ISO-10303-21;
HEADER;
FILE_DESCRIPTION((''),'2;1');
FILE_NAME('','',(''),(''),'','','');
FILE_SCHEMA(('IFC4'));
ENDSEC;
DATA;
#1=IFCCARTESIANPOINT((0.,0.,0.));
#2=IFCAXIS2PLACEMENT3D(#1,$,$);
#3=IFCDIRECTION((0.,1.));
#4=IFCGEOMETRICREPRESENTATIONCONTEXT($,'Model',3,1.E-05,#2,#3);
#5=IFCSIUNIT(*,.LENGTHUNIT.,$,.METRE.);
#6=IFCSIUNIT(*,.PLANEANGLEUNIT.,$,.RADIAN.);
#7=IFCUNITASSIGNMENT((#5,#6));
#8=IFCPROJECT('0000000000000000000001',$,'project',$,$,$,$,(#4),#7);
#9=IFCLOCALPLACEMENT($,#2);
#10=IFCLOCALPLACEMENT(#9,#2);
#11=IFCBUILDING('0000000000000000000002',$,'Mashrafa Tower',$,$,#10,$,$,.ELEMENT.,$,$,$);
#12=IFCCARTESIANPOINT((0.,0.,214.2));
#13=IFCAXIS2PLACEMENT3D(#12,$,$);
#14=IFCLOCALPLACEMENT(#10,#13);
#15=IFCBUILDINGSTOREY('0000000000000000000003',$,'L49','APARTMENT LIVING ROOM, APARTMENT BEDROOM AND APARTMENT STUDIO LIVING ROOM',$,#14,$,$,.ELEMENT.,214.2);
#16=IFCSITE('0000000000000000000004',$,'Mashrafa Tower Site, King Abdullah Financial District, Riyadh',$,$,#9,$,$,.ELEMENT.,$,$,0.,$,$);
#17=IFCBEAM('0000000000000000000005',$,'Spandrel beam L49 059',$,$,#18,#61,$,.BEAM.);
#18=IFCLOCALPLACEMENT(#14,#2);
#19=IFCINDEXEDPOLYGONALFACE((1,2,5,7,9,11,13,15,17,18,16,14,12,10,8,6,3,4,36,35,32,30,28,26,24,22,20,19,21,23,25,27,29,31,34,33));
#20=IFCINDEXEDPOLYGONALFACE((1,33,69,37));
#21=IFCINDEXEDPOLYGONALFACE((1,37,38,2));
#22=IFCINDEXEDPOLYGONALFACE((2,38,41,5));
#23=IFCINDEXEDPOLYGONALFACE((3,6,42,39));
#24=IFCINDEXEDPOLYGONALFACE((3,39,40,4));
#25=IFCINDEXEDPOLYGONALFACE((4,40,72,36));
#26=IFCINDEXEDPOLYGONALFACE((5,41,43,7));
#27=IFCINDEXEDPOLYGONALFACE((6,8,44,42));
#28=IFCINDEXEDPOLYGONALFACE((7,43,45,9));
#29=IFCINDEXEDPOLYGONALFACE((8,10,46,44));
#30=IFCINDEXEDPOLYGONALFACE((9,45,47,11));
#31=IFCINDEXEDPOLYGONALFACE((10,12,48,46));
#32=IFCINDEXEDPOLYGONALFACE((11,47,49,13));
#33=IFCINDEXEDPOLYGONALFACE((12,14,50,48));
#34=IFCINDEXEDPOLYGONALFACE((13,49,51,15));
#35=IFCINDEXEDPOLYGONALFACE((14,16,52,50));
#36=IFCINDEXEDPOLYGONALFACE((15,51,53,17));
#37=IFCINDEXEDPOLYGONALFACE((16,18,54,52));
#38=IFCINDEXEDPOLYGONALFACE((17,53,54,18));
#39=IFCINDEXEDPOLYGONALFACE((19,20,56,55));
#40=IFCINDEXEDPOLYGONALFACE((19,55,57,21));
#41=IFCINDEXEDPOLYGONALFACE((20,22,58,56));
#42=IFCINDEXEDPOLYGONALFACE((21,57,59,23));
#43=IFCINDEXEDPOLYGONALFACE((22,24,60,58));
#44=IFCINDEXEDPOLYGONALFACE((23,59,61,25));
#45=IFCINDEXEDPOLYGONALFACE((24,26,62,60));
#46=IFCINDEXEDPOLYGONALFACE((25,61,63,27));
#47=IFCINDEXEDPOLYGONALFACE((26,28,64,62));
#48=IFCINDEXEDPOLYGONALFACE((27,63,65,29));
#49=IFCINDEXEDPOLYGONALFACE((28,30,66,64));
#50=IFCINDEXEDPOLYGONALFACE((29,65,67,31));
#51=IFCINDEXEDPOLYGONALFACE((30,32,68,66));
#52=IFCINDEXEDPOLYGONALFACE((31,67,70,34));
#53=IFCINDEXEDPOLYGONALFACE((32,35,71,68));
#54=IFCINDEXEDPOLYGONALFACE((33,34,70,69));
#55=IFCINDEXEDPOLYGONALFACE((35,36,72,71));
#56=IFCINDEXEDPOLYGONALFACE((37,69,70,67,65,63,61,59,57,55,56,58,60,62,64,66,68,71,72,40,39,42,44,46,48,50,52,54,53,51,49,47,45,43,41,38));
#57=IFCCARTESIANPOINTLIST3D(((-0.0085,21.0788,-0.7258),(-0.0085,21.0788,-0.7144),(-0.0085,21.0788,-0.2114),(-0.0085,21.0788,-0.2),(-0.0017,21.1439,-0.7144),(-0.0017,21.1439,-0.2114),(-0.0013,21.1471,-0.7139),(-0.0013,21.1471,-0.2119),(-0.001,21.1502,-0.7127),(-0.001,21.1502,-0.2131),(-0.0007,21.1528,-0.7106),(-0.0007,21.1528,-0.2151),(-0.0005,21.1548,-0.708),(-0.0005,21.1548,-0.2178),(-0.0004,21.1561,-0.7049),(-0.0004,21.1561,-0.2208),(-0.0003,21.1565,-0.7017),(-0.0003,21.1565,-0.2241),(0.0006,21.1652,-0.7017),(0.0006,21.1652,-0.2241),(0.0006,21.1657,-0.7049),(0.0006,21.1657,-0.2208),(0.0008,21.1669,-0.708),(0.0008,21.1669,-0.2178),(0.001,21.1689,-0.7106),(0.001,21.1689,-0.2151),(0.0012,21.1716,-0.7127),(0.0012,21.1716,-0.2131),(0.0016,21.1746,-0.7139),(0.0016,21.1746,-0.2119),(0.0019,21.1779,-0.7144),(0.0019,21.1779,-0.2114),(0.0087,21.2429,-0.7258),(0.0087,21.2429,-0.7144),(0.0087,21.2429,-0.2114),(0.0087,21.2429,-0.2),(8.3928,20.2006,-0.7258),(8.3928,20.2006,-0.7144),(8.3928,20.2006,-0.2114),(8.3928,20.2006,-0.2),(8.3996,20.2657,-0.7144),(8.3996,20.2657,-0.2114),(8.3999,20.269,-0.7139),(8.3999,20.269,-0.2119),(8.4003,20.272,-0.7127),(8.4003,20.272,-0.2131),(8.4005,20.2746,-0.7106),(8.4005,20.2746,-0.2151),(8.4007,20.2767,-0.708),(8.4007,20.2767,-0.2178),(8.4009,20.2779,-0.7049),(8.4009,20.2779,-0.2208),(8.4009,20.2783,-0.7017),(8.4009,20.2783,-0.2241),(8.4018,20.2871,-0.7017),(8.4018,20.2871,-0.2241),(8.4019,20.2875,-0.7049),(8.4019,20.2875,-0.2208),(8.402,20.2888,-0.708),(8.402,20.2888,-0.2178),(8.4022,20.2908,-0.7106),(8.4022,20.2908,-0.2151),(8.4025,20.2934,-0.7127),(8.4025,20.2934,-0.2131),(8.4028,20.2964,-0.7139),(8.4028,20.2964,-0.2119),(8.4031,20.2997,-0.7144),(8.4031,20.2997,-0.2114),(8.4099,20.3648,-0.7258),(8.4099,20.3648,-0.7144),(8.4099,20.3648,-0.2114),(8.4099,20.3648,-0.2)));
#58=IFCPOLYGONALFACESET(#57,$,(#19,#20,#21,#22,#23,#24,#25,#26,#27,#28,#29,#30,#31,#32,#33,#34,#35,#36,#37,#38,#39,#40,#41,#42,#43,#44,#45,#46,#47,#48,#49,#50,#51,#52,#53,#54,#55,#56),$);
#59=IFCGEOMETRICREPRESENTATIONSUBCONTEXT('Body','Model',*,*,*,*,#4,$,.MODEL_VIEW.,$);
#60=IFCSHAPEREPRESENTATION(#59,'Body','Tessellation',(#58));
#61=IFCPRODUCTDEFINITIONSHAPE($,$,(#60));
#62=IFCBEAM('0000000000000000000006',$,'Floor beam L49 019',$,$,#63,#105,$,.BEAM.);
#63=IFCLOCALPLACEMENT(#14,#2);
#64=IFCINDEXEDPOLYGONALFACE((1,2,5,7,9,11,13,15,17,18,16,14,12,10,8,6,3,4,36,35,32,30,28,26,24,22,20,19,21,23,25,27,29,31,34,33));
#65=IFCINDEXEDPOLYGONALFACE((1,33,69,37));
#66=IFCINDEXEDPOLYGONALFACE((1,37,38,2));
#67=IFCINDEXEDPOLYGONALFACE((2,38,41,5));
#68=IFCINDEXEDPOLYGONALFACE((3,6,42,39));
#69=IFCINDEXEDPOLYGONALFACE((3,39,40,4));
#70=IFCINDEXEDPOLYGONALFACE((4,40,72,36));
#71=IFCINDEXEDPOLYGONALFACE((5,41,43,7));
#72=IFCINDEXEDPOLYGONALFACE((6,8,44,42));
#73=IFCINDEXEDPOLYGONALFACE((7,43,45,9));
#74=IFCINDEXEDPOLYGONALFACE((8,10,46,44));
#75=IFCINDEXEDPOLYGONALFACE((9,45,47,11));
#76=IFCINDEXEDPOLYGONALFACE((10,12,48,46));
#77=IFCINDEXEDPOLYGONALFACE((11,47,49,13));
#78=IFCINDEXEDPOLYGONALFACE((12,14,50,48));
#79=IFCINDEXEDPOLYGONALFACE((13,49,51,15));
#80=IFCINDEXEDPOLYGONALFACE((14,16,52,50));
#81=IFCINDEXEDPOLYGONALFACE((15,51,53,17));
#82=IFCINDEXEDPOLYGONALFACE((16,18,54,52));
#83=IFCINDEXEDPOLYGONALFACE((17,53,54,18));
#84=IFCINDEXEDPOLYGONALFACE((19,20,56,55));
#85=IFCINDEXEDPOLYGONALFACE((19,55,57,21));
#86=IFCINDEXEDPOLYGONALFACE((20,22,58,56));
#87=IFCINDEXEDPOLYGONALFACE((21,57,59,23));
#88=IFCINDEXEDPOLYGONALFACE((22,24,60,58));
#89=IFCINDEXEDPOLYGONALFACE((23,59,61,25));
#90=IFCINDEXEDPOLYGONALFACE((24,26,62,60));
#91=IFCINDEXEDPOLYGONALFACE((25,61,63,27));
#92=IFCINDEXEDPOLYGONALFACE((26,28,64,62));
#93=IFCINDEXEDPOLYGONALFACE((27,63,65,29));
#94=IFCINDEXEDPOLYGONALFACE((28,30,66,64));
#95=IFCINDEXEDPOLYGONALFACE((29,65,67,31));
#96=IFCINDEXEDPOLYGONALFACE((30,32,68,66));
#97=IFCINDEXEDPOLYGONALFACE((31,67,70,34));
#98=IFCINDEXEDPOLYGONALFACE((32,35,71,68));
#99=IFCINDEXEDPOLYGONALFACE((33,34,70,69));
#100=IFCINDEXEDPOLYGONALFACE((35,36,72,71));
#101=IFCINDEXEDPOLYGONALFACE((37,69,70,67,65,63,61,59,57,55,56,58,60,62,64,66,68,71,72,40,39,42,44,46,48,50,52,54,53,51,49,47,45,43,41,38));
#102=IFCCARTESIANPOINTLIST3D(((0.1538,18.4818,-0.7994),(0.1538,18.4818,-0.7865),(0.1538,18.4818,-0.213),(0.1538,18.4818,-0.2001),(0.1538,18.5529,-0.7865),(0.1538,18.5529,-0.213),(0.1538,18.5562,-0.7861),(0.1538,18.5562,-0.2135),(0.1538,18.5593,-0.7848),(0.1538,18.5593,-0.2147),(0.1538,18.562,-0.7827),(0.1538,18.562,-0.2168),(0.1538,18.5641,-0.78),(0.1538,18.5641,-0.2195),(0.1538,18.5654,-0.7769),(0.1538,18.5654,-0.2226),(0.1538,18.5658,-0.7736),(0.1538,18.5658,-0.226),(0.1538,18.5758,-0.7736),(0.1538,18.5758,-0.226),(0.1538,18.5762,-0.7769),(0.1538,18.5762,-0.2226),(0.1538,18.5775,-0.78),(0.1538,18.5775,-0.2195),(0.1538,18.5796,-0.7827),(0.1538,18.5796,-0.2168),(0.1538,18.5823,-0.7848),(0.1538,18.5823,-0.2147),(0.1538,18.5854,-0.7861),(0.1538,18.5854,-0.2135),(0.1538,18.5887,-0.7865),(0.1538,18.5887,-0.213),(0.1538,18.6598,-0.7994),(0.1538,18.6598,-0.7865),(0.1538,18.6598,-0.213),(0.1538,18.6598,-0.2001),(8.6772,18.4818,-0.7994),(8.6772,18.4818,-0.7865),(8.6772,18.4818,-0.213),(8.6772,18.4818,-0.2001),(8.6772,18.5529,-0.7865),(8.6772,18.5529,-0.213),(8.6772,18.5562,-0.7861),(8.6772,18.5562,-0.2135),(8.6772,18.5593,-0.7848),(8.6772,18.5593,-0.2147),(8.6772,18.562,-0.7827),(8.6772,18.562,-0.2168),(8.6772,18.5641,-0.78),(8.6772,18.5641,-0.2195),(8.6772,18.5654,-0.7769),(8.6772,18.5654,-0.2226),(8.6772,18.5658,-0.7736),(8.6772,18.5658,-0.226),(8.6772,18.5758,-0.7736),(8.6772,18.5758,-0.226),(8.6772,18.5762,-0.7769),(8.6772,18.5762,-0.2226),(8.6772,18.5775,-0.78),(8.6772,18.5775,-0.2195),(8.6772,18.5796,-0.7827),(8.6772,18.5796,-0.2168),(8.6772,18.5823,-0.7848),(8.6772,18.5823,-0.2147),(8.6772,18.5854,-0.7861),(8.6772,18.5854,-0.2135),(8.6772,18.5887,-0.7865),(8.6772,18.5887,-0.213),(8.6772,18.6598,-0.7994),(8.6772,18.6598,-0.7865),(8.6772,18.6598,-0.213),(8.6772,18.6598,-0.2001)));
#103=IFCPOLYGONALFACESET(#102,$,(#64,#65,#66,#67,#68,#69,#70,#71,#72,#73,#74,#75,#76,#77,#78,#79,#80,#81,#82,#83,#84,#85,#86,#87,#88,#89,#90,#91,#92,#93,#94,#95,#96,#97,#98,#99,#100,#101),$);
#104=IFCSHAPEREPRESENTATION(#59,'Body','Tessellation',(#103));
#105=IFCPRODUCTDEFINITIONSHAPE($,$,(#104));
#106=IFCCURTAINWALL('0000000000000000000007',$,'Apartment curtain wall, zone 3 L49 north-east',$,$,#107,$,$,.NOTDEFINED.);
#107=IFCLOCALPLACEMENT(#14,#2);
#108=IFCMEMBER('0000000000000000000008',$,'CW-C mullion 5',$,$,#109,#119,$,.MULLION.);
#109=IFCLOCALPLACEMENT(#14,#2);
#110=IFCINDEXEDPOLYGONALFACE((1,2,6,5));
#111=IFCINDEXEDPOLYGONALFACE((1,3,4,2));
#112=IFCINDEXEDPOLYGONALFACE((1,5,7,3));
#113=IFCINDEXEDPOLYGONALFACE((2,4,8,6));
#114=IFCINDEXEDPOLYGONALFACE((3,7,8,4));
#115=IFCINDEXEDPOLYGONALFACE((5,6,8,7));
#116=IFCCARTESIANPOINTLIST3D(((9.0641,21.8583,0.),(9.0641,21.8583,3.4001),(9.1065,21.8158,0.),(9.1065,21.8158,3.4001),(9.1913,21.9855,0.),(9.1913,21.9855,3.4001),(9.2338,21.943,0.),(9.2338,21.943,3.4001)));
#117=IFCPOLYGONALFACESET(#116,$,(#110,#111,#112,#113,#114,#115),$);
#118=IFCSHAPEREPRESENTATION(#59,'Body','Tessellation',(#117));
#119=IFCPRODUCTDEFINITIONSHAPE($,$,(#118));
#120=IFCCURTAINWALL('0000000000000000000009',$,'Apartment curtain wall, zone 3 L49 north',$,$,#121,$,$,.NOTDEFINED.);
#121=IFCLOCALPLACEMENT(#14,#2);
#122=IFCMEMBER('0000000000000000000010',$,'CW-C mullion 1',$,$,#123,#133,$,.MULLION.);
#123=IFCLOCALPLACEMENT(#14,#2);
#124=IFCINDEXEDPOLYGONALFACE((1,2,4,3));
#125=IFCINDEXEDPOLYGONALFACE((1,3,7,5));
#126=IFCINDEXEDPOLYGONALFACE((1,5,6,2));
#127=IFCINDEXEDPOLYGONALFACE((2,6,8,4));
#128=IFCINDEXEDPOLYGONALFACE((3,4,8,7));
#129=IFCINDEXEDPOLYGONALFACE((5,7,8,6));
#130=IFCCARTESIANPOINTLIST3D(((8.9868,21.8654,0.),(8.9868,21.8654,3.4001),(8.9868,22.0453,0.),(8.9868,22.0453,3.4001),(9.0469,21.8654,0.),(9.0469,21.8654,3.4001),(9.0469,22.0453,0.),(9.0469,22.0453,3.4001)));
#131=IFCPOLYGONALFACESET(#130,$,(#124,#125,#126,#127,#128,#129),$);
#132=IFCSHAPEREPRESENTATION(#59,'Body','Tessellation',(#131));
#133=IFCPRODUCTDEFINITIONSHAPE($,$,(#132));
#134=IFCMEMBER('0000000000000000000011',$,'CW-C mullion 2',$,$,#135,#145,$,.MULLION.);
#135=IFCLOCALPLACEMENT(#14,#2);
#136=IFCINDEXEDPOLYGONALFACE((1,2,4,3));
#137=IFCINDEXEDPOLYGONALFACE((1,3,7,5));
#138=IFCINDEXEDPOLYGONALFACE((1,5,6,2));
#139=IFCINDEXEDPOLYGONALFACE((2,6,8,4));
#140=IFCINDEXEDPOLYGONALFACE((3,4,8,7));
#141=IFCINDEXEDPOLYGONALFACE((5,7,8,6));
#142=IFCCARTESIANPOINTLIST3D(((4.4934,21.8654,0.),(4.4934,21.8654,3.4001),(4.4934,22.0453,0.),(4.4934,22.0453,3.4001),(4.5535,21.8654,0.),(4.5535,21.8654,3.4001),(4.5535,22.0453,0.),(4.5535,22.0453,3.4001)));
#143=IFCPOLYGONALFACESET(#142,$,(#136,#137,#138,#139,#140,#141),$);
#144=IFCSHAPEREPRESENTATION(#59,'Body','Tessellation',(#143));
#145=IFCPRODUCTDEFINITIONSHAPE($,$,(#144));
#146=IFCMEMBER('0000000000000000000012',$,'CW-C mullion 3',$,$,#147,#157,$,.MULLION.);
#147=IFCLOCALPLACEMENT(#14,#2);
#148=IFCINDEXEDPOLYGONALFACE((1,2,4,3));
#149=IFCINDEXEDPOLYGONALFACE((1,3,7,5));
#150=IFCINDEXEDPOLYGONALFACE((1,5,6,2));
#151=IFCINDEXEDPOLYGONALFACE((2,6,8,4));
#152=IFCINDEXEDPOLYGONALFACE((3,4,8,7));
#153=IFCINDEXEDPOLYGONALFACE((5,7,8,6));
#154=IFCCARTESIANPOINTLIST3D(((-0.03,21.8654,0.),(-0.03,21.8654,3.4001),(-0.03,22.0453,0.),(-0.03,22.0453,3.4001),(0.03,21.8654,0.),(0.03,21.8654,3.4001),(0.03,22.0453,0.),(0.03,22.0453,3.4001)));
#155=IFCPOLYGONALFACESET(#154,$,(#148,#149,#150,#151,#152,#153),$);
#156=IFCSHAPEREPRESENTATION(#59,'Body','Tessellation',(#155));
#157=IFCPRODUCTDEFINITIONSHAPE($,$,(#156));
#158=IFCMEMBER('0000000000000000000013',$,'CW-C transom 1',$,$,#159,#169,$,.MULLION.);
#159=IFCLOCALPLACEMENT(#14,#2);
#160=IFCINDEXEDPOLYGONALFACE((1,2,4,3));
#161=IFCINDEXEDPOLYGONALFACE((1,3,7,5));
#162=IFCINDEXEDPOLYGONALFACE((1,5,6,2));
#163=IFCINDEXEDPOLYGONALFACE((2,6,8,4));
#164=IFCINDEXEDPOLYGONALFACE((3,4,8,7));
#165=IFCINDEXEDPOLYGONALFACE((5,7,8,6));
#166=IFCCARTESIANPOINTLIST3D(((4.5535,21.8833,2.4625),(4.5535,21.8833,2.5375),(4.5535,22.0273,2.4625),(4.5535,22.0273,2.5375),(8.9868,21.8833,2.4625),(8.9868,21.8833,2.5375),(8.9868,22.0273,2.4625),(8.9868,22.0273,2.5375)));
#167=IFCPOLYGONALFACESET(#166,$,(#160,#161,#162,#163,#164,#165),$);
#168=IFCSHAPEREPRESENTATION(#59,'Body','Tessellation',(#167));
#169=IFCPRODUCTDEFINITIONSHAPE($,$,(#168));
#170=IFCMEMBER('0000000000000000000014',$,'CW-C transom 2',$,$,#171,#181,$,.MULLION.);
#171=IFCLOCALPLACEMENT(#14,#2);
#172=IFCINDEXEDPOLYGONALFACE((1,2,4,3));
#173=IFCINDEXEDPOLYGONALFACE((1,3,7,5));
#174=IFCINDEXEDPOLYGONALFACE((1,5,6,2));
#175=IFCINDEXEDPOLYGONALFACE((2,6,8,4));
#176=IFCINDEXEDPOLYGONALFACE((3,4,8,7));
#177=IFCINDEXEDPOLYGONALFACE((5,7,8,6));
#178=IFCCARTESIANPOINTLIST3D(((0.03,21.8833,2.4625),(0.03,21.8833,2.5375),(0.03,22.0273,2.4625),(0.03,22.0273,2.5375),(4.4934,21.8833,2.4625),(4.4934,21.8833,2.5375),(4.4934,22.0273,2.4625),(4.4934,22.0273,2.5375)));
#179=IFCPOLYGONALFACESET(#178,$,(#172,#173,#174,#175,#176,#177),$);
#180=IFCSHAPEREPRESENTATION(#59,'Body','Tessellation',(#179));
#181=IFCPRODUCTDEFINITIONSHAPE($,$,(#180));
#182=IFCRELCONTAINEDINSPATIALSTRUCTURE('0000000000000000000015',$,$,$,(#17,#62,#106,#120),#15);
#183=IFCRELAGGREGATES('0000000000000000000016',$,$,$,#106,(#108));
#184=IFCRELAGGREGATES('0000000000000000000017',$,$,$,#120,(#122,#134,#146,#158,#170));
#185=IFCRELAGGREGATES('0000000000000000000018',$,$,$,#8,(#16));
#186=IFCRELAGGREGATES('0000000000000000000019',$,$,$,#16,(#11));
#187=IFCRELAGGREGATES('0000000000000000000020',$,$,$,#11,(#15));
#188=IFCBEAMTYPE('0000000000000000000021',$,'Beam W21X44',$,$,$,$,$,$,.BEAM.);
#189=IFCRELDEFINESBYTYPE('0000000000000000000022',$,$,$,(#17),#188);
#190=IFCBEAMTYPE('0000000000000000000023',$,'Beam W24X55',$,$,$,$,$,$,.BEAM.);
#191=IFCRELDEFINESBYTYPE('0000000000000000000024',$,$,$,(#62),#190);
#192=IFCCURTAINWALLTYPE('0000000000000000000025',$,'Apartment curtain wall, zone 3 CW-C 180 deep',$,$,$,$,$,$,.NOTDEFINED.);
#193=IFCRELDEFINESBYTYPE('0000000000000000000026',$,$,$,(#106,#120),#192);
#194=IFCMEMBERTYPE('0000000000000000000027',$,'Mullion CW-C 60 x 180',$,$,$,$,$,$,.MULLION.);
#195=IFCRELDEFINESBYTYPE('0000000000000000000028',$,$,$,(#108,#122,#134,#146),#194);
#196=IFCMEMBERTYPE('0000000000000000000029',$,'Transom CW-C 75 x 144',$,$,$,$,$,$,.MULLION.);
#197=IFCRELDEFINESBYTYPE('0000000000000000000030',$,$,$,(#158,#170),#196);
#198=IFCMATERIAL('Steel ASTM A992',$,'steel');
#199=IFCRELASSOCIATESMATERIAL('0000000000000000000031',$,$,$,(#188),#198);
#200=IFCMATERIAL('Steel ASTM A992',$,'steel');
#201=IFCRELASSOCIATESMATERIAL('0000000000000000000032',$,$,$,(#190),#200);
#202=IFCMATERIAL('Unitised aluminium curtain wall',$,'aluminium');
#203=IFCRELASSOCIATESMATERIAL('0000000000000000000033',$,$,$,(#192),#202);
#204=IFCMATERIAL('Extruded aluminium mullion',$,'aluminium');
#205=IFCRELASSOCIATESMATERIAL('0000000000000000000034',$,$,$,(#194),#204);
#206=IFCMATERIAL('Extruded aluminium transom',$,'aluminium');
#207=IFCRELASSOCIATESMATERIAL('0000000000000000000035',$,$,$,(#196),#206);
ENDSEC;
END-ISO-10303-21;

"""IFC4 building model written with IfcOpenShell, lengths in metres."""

from ifc_helpers import new_model, si_unit, direction, frame, origin, origin_2d, place, context, subcontext, project, spatial, rectangle, i_section, extrude, source, transform, mapped, material, material_profile, profile_set, type_object, type_shapes, element, aggregate, save


model = new_model("IFC4")

# Units and contexts
model_context = context("Model", 3, precision=1e-05, world=origin(), true_north=direction((0.0, 1.0)))
body_context = subcontext(model_context, "Body", "Model", "MODEL_VIEW")
ifc_project = project(units=[si_unit("LENGTHUNIT", "METRE"), si_unit("PLANEANGLEUNIT", "RADIAN")], contexts=[model_context])

# Site, building, storey
site_placement = place(None, origin())
site = spatial("IfcSite", under=ifc_project, at=site_placement, Name="Mashrafa Tower Site, King Abdullah Financial District, Riyadh", CompositionType="ELEMENT", RefElevation=0.0)
building_placement = place(site_placement, origin())
building = spatial("IfcBuilding", under=site, at=building_placement, Name="Mashrafa Tower", CompositionType="ELEMENT")
storey_placement = place(building_placement, frame((0.0, 0.0, 214.2)))
storey = spatial("IfcBuildingStorey", under=building, at=storey_placement, Name="L49", Description="APARTMENT LIVING ROOM, APARTMENT BEDROOM AND APARTMENT STUDIO LIVING ROOM", CompositionType="ELEMENT", Elevation=214.2)

# Beams
ifc_material_1 = material(Name="Steel ASTM A992", Category="steel")
ifc_material_profile_1 = material_profile(ifc_material_1, i_section(OverallWidth=0.165, OverallDepth=0.5259, WebThickness=0.0088, FlangeThickness=0.0115, FilletRadius=0.0127, at=origin_2d()), Name="W21X44")
ifc_profile_set_1 = profile_set([ifc_material_profile_1], Name="Steel ASTM A992")
beam_type_1 = type_object("IfcBeamType", Name="Beam W21X44", PredefinedType="BEAM", material=ifc_profile_set_1)
for number, where, z_axis, x_axis, name in (
    (1, (8.4014, 20.2827, -0.4629), (-0.994581, 0.103961, 0.0), (-0.103961, -0.994581, 0.0), "Spandrel beam L49 059"),
):
    element("IfcBeam", number, at=place(storey_placement, frame(where, z_axis=z_axis, x_axis=x_axis)), inside=storey, type_object=beam_type_1, Name=name, PredefinedType="BEAM", context=body_context, shape_type="SweptSolid", body=[
        extrude(i_section(OverallWidth=0.165, OverallDepth=0.5259, WebThickness=0.0088, FlangeThickness=0.0115, FilletRadius=0.0127, at=origin_2d()), origin(), (0.0, 0.0, 1.0), 8.447),
    ])
ifc_material_2 = material(Name="Steel ASTM A992", Category="steel")
ifc_material_profile_2 = material_profile(ifc_material_2, i_section(OverallWidth=0.178, OverallDepth=0.5994, WebThickness=0.01, FlangeThickness=0.0129, FilletRadius=0.0129, at=origin_2d()), Name="W24X55")
ifc_profile_set_2 = profile_set([ifc_material_profile_2], Name="Steel ASTM A992")
beam_type_2 = type_object("IfcBeamType", Name="Beam W24X55", PredefinedType="BEAM", material=ifc_profile_set_2)
beam_1_placement = place(storey_placement, frame((0.1538, 18.5708, -0.4998), z_axis=(1.0, 0.0, 0.0), x_axis=(0.0, 1.0, 0.0)))
element("IfcBeam", 2, at=beam_1_placement, inside=storey, type_object=beam_type_2, Name="Floor beam L49 019", PredefinedType="BEAM", context=body_context, shape_type="SweptSolid", body=[
    extrude(i_section(OverallWidth=0.178, OverallDepth=0.5994, WebThickness=0.01, FlangeThickness=0.0129, FilletRadius=0.0129, at=origin_2d()), origin(), (0.0, 0.0, 1.0), 8.5234),
])

# Curtain wall, member
ifc_material_3 = material(Name="Unitised aluminium curtain wall", Category="aluminium")
curtain_wall_type = type_object("IfcCurtainWallType", Name="Apartment curtain wall, zone 3 CW-C 180 deep", PredefinedType="NOTDEFINED", material=ifc_material_3)
curtain_wall_1_placement = place(storey_placement, origin())
curtain_wall_1 = element("IfcCurtainWall", 3, at=curtain_wall_1_placement, inside=storey, type_object=curtain_wall_type, Name="Apartment curtain wall, zone 3 L49 north-east", PredefinedType="NOTDEFINED")
ifc_material_4 = material(Name="Extruded aluminium mullion", Category="aluminium")
ifc_material_profile_3 = material_profile(ifc_material_4, rectangle(XDim=0.1799, YDim=0.0601, at=origin_2d()), Name="Mullion 60x180")
ifc_profile_set_3 = profile_set([ifc_material_profile_3], Name="Extruded aluminium mullion")
member_type_1 = type_object("IfcMemberType", Name="Mullion CW-C 60 x 180", PredefinedType="MULLION", material=ifc_profile_set_3)
shared_shape_1 = source(origin(), body_context, "Body", "SweptSolid", [
    extrude(rectangle(XDim=0.1799, YDim=0.0601, at=origin_2d()), origin(), (0.0, 0.0, 1.0), 3.4001),
])
type_shapes(member_type_1, [shared_shape_1])
member_1_placement = place(storey_placement, frame((9.1489, 21.9006, 0.0), z_axis=(0.0, 0.0, 1.0), x_axis=(-0.707107, -0.707107, 0.0)))
member_1 = element("IfcMember", 4, at=member_1_placement, type_object=member_type_1, Name="CW-C mullion 5", PredefinedType="MULLION", context=body_context, shape_type="MappedRepresentation", body=[
    mapped(shared_shape_1, transform((0.0, 0.0, 0.0))),
])

# Curtain wall, members
curtain_wall_2_placement = place(storey_placement, origin())
curtain_wall_2 = element("IfcCurtainWall", 5, at=curtain_wall_2_placement, inside=storey, type_object=curtain_wall_type, Name="Apartment curtain wall, zone 3 L49 north", PredefinedType="NOTDEFINED")
member_2_placement = place(storey_placement, frame((9.0168, 21.9553, 0.0), z_axis=(0.0, 0.0, 1.0), x_axis=(0.0, -1.0, 0.0)))
member_2 = element("IfcMember", 6, at=member_2_placement, type_object=member_type_1, Name="CW-C mullion 1", PredefinedType="MULLION", context=body_context, shape_type="MappedRepresentation", body=[
    mapped(shared_shape_1, transform((0.0, 0.0, 0.0))),
])
member_3_placement = place(storey_placement, frame((4.5234, 21.9553, 0.0), z_axis=(0.0, 0.0, 1.0), x_axis=(0.0, -1.0, 0.0)))
member_3 = element("IfcMember", 7, at=member_3_placement, type_object=member_type_1, Name="CW-C mullion 2", PredefinedType="MULLION", context=body_context, shape_type="MappedRepresentation", body=[
    mapped(shared_shape_1, transform((0.0, 0.0, 0.0))),
])
member_4_placement = place(storey_placement, frame((0.0, 21.9553, 0.0), z_axis=(0.0, 0.0, 1.0), x_axis=(0.0, -1.0, 0.0)))
member_4 = element("IfcMember", 8, at=member_4_placement, type_object=member_type_1, Name="CW-C mullion 3", PredefinedType="MULLION", context=body_context, shape_type="MappedRepresentation", body=[
    mapped(shared_shape_1, transform((0.0, 0.0, 0.0))),
])
ifc_material_5 = material(Name="Extruded aluminium transom", Category="aluminium")
ifc_material_profile_4 = material_profile(ifc_material_5, rectangle(XDim=0.144, YDim=0.075, at=origin_2d()), Name="Transom 75x144")
ifc_profile_set_4 = profile_set([ifc_material_profile_4], Name="Extruded aluminium transom")
member_type_2 = type_object("IfcMemberType", Name="Transom CW-C 75 x 144", PredefinedType="MULLION", material=ifc_profile_set_4)
shared_shape_2 = source(origin(), body_context, "Body", "SweptSolid", [
    extrude(rectangle(XDim=0.144, YDim=0.075, at=origin_2d()), origin(), (0.0, 0.0, 1.0), 4.4333),
])
member_5_placement = place(storey_placement, frame((8.9868, 21.9553, 2.5), z_axis=(-1.0, 0.0, 0.0), x_axis=(0.0, -1.0, 0.0)))
member_5 = element("IfcMember", 9, at=member_5_placement, type_object=member_type_2, Name="CW-C transom 1", PredefinedType="MULLION", context=body_context, shape_type="MappedRepresentation", body=[
    mapped(shared_shape_2, transform((0.0, 0.0, 0.0))),
])
shared_shape_3 = source(origin(), body_context, "Body", "SweptSolid", [
    extrude(rectangle(XDim=0.144, YDim=0.075, at=origin_2d()), origin(), (0.0, 0.0, 1.0), 4.4634),
])
type_shapes(member_type_2, [shared_shape_2, shared_shape_3])
member_6_placement = place(storey_placement, frame((4.4934, 21.9553, 2.5), z_axis=(-1.0, 0.0, 0.0), x_axis=(0.0, -1.0, 0.0)))
member_6 = element("IfcMember", 10, at=member_6_placement, type_object=member_type_2, Name="CW-C transom 2", PredefinedType="MULLION", context=body_context, shape_type="MappedRepresentation", body=[
    mapped(shared_shape_3, transform((0.0, 0.0, 0.0))),
])

aggregate(curtain_wall_1, [member_1])
aggregate(curtain_wall_2, [member_2, member_3, member_4, member_5, member_6])

save(model, "model.ifc")
